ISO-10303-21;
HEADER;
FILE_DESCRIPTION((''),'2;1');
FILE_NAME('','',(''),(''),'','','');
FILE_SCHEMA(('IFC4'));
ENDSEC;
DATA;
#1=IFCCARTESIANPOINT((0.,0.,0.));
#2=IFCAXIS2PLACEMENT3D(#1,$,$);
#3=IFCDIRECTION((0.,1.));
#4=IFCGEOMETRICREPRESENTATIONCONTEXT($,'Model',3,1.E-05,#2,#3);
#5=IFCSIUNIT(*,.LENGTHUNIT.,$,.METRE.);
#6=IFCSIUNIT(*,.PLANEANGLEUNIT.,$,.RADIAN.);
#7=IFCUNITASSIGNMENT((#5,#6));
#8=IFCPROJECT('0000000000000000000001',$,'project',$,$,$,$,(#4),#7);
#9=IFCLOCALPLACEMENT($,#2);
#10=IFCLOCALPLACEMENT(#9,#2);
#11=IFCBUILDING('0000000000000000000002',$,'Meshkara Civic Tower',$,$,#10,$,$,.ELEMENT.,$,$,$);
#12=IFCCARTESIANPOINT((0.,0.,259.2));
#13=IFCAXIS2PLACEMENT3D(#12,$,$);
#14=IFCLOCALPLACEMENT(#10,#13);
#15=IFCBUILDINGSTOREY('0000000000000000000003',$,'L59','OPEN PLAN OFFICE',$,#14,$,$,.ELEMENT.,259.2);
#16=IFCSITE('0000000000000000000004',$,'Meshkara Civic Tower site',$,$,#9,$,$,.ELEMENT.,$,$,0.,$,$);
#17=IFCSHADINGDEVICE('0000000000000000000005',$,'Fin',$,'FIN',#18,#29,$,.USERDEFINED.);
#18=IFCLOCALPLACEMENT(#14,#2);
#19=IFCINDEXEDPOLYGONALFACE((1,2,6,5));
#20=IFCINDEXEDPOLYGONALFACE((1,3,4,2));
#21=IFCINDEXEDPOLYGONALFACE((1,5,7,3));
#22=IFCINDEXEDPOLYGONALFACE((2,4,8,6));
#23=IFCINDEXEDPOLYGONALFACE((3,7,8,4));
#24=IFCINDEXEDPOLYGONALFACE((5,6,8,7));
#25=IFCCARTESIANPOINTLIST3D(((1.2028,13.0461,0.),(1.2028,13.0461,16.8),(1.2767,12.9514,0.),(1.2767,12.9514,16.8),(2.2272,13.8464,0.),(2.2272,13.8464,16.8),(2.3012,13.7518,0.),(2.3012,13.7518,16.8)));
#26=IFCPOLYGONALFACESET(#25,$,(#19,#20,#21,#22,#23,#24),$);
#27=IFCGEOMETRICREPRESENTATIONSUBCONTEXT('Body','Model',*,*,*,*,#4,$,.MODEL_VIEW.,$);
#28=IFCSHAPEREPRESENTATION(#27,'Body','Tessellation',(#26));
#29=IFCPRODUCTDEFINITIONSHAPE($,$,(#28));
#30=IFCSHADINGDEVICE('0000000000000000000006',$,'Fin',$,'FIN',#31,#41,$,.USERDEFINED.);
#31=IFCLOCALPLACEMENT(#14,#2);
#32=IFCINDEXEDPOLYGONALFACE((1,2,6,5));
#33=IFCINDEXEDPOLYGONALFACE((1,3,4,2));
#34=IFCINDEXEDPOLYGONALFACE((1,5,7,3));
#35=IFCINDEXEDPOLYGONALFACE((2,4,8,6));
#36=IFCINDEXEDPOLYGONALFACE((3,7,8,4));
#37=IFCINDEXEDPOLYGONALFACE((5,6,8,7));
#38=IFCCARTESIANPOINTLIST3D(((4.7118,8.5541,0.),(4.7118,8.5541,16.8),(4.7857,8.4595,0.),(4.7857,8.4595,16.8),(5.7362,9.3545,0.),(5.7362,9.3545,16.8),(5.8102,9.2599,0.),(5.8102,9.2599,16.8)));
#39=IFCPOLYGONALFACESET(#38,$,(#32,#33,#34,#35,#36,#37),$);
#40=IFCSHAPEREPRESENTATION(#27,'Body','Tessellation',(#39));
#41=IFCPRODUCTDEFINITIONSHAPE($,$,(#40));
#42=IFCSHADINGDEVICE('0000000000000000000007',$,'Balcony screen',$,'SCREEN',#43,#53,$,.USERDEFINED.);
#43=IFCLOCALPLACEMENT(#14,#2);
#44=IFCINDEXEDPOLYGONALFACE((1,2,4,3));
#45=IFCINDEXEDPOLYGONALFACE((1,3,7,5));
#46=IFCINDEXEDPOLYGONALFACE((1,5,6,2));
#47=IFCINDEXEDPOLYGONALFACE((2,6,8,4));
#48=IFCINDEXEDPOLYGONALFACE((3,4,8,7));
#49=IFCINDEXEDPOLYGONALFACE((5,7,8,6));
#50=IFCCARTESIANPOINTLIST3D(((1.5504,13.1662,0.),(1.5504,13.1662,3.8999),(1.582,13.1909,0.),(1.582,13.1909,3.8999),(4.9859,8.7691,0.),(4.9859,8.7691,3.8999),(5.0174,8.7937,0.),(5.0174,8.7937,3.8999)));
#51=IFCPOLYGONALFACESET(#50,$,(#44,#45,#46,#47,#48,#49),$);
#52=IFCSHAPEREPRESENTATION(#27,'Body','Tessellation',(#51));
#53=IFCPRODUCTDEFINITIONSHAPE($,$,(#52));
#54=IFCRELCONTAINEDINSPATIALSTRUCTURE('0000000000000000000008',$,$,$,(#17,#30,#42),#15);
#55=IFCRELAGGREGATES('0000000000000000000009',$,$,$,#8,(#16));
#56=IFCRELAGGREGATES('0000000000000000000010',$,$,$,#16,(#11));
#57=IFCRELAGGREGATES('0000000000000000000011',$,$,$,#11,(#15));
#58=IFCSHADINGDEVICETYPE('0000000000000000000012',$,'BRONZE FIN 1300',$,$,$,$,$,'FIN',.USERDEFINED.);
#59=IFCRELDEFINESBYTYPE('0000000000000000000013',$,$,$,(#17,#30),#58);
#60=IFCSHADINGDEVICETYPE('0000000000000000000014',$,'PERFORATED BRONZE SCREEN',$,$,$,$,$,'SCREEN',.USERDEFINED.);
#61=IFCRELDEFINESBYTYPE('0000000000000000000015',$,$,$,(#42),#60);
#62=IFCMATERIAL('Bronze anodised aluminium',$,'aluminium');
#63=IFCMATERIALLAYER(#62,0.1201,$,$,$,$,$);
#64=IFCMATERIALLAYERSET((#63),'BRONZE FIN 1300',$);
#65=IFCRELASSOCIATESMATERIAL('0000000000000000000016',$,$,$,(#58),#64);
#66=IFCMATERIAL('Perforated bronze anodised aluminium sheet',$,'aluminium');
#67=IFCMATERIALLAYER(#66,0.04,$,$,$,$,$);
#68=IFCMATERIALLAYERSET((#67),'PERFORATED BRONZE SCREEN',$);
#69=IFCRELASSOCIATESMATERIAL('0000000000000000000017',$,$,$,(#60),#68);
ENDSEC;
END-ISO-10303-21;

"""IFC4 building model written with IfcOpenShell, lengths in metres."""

from ifc_helpers import new_model, si_unit, direction, frame, origin, origin_2d, place, context, subcontext, project, spatial, rectangle, extrude, material, layer, layer_set, type_object, element, save


model = new_model("IFC4")

# Units and contexts
model_context = context("Model", 3, precision=1e-05, world=origin(), true_north=direction((0.0, 1.0)))
body_context = subcontext(model_context, "Body", "Model", "MODEL_VIEW")
ifc_project = project(units=[si_unit("LENGTHUNIT", "METRE"), si_unit("PLANEANGLEUNIT", "RADIAN")], contexts=[model_context])

# Site, building, storey
site_placement = place(None, origin())
site = spatial("IfcSite", under=ifc_project, at=site_placement, Name="Meshkara Civic Tower site", CompositionType="ELEMENT", RefElevation=0.0)
building_placement = place(site_placement, origin())
building = spatial("IfcBuilding", under=site, at=building_placement, Name="Meshkara Civic Tower", CompositionType="ELEMENT")
storey_placement = place(building_placement, frame((0.0, 0.0, 259.2)))
storey = spatial("IfcBuildingStorey", under=building, at=storey_placement, Name="L59", Description="OPEN PLAN OFFICE", CompositionType="ELEMENT", Elevation=259.2)

# Shading devices
ifc_material_1 = material(Name="Bronze anodised aluminium", Category="aluminium")
ifc_layer_1 = layer(ifc_material_1, 0.1201)
ifc_layer_set_1 = layer_set([ifc_layer_1], Name="BRONZE FIN 1300")
shading_device_type_1 = type_object("IfcShadingDeviceType", Name="BRONZE FIN 1300", ElementType="FIN", PredefinedType="USERDEFINED", material=ifc_layer_set_1)
for number, where, z_axis, x_axis, name in (
    (1, (1.752, 13.3989, 0.0), (0.0, 0.0, 1.0), (0.615661, -0.788011, 0.0), "Fin"),
    (2, (5.261, 8.907, 0.0), (0.0, 0.0, 1.0), (0.615661, -0.788011, 0.0), "Fin"),
):
    element("IfcShadingDevice", number, at=place(storey_placement, frame(where, z_axis=z_axis, x_axis=x_axis)), inside=storey, type_object=shading_device_type_1, Name=name, ObjectType="FIN", PredefinedType="USERDEFINED", context=body_context, shape_type="SweptSolid", body=[
        extrude(rectangle(XDim=0.1201, YDim=1.3, at=origin_2d()), origin(), (0.0, 0.0, 1.0), 16.8),
    ])
ifc_material_2 = material(Name="Perforated bronze anodised aluminium sheet", Category="aluminium")
ifc_layer_2 = layer(ifc_material_2, 0.04)
ifc_layer_set_2 = layer_set([ifc_layer_2], Name="PERFORATED BRONZE SCREEN")
shading_device_type_2 = type_object("IfcShadingDeviceType", Name="PERFORATED BRONZE SCREEN", ElementType="SCREEN", PredefinedType="USERDEFINED", material=ifc_layer_set_2)
shading_device_placement = place(storey_placement, frame((3.2839, 10.98, 0.0), z_axis=(0.0, 0.0, 1.0), x_axis=(0.615661, -0.788011, 0.0)))
element("IfcShadingDevice", 3, at=shading_device_placement, inside=storey, type_object=shading_device_type_2, Name="Balcony screen", ObjectType="SCREEN", PredefinedType="USERDEFINED", context=body_context, shape_type="SweptSolid", body=[
    extrude(rectangle(XDim=5.5801, YDim=0.04, at=origin_2d()), origin(), (0.0, 0.0, 1.0), 3.8999),
])

save(model, "model.ifc")
